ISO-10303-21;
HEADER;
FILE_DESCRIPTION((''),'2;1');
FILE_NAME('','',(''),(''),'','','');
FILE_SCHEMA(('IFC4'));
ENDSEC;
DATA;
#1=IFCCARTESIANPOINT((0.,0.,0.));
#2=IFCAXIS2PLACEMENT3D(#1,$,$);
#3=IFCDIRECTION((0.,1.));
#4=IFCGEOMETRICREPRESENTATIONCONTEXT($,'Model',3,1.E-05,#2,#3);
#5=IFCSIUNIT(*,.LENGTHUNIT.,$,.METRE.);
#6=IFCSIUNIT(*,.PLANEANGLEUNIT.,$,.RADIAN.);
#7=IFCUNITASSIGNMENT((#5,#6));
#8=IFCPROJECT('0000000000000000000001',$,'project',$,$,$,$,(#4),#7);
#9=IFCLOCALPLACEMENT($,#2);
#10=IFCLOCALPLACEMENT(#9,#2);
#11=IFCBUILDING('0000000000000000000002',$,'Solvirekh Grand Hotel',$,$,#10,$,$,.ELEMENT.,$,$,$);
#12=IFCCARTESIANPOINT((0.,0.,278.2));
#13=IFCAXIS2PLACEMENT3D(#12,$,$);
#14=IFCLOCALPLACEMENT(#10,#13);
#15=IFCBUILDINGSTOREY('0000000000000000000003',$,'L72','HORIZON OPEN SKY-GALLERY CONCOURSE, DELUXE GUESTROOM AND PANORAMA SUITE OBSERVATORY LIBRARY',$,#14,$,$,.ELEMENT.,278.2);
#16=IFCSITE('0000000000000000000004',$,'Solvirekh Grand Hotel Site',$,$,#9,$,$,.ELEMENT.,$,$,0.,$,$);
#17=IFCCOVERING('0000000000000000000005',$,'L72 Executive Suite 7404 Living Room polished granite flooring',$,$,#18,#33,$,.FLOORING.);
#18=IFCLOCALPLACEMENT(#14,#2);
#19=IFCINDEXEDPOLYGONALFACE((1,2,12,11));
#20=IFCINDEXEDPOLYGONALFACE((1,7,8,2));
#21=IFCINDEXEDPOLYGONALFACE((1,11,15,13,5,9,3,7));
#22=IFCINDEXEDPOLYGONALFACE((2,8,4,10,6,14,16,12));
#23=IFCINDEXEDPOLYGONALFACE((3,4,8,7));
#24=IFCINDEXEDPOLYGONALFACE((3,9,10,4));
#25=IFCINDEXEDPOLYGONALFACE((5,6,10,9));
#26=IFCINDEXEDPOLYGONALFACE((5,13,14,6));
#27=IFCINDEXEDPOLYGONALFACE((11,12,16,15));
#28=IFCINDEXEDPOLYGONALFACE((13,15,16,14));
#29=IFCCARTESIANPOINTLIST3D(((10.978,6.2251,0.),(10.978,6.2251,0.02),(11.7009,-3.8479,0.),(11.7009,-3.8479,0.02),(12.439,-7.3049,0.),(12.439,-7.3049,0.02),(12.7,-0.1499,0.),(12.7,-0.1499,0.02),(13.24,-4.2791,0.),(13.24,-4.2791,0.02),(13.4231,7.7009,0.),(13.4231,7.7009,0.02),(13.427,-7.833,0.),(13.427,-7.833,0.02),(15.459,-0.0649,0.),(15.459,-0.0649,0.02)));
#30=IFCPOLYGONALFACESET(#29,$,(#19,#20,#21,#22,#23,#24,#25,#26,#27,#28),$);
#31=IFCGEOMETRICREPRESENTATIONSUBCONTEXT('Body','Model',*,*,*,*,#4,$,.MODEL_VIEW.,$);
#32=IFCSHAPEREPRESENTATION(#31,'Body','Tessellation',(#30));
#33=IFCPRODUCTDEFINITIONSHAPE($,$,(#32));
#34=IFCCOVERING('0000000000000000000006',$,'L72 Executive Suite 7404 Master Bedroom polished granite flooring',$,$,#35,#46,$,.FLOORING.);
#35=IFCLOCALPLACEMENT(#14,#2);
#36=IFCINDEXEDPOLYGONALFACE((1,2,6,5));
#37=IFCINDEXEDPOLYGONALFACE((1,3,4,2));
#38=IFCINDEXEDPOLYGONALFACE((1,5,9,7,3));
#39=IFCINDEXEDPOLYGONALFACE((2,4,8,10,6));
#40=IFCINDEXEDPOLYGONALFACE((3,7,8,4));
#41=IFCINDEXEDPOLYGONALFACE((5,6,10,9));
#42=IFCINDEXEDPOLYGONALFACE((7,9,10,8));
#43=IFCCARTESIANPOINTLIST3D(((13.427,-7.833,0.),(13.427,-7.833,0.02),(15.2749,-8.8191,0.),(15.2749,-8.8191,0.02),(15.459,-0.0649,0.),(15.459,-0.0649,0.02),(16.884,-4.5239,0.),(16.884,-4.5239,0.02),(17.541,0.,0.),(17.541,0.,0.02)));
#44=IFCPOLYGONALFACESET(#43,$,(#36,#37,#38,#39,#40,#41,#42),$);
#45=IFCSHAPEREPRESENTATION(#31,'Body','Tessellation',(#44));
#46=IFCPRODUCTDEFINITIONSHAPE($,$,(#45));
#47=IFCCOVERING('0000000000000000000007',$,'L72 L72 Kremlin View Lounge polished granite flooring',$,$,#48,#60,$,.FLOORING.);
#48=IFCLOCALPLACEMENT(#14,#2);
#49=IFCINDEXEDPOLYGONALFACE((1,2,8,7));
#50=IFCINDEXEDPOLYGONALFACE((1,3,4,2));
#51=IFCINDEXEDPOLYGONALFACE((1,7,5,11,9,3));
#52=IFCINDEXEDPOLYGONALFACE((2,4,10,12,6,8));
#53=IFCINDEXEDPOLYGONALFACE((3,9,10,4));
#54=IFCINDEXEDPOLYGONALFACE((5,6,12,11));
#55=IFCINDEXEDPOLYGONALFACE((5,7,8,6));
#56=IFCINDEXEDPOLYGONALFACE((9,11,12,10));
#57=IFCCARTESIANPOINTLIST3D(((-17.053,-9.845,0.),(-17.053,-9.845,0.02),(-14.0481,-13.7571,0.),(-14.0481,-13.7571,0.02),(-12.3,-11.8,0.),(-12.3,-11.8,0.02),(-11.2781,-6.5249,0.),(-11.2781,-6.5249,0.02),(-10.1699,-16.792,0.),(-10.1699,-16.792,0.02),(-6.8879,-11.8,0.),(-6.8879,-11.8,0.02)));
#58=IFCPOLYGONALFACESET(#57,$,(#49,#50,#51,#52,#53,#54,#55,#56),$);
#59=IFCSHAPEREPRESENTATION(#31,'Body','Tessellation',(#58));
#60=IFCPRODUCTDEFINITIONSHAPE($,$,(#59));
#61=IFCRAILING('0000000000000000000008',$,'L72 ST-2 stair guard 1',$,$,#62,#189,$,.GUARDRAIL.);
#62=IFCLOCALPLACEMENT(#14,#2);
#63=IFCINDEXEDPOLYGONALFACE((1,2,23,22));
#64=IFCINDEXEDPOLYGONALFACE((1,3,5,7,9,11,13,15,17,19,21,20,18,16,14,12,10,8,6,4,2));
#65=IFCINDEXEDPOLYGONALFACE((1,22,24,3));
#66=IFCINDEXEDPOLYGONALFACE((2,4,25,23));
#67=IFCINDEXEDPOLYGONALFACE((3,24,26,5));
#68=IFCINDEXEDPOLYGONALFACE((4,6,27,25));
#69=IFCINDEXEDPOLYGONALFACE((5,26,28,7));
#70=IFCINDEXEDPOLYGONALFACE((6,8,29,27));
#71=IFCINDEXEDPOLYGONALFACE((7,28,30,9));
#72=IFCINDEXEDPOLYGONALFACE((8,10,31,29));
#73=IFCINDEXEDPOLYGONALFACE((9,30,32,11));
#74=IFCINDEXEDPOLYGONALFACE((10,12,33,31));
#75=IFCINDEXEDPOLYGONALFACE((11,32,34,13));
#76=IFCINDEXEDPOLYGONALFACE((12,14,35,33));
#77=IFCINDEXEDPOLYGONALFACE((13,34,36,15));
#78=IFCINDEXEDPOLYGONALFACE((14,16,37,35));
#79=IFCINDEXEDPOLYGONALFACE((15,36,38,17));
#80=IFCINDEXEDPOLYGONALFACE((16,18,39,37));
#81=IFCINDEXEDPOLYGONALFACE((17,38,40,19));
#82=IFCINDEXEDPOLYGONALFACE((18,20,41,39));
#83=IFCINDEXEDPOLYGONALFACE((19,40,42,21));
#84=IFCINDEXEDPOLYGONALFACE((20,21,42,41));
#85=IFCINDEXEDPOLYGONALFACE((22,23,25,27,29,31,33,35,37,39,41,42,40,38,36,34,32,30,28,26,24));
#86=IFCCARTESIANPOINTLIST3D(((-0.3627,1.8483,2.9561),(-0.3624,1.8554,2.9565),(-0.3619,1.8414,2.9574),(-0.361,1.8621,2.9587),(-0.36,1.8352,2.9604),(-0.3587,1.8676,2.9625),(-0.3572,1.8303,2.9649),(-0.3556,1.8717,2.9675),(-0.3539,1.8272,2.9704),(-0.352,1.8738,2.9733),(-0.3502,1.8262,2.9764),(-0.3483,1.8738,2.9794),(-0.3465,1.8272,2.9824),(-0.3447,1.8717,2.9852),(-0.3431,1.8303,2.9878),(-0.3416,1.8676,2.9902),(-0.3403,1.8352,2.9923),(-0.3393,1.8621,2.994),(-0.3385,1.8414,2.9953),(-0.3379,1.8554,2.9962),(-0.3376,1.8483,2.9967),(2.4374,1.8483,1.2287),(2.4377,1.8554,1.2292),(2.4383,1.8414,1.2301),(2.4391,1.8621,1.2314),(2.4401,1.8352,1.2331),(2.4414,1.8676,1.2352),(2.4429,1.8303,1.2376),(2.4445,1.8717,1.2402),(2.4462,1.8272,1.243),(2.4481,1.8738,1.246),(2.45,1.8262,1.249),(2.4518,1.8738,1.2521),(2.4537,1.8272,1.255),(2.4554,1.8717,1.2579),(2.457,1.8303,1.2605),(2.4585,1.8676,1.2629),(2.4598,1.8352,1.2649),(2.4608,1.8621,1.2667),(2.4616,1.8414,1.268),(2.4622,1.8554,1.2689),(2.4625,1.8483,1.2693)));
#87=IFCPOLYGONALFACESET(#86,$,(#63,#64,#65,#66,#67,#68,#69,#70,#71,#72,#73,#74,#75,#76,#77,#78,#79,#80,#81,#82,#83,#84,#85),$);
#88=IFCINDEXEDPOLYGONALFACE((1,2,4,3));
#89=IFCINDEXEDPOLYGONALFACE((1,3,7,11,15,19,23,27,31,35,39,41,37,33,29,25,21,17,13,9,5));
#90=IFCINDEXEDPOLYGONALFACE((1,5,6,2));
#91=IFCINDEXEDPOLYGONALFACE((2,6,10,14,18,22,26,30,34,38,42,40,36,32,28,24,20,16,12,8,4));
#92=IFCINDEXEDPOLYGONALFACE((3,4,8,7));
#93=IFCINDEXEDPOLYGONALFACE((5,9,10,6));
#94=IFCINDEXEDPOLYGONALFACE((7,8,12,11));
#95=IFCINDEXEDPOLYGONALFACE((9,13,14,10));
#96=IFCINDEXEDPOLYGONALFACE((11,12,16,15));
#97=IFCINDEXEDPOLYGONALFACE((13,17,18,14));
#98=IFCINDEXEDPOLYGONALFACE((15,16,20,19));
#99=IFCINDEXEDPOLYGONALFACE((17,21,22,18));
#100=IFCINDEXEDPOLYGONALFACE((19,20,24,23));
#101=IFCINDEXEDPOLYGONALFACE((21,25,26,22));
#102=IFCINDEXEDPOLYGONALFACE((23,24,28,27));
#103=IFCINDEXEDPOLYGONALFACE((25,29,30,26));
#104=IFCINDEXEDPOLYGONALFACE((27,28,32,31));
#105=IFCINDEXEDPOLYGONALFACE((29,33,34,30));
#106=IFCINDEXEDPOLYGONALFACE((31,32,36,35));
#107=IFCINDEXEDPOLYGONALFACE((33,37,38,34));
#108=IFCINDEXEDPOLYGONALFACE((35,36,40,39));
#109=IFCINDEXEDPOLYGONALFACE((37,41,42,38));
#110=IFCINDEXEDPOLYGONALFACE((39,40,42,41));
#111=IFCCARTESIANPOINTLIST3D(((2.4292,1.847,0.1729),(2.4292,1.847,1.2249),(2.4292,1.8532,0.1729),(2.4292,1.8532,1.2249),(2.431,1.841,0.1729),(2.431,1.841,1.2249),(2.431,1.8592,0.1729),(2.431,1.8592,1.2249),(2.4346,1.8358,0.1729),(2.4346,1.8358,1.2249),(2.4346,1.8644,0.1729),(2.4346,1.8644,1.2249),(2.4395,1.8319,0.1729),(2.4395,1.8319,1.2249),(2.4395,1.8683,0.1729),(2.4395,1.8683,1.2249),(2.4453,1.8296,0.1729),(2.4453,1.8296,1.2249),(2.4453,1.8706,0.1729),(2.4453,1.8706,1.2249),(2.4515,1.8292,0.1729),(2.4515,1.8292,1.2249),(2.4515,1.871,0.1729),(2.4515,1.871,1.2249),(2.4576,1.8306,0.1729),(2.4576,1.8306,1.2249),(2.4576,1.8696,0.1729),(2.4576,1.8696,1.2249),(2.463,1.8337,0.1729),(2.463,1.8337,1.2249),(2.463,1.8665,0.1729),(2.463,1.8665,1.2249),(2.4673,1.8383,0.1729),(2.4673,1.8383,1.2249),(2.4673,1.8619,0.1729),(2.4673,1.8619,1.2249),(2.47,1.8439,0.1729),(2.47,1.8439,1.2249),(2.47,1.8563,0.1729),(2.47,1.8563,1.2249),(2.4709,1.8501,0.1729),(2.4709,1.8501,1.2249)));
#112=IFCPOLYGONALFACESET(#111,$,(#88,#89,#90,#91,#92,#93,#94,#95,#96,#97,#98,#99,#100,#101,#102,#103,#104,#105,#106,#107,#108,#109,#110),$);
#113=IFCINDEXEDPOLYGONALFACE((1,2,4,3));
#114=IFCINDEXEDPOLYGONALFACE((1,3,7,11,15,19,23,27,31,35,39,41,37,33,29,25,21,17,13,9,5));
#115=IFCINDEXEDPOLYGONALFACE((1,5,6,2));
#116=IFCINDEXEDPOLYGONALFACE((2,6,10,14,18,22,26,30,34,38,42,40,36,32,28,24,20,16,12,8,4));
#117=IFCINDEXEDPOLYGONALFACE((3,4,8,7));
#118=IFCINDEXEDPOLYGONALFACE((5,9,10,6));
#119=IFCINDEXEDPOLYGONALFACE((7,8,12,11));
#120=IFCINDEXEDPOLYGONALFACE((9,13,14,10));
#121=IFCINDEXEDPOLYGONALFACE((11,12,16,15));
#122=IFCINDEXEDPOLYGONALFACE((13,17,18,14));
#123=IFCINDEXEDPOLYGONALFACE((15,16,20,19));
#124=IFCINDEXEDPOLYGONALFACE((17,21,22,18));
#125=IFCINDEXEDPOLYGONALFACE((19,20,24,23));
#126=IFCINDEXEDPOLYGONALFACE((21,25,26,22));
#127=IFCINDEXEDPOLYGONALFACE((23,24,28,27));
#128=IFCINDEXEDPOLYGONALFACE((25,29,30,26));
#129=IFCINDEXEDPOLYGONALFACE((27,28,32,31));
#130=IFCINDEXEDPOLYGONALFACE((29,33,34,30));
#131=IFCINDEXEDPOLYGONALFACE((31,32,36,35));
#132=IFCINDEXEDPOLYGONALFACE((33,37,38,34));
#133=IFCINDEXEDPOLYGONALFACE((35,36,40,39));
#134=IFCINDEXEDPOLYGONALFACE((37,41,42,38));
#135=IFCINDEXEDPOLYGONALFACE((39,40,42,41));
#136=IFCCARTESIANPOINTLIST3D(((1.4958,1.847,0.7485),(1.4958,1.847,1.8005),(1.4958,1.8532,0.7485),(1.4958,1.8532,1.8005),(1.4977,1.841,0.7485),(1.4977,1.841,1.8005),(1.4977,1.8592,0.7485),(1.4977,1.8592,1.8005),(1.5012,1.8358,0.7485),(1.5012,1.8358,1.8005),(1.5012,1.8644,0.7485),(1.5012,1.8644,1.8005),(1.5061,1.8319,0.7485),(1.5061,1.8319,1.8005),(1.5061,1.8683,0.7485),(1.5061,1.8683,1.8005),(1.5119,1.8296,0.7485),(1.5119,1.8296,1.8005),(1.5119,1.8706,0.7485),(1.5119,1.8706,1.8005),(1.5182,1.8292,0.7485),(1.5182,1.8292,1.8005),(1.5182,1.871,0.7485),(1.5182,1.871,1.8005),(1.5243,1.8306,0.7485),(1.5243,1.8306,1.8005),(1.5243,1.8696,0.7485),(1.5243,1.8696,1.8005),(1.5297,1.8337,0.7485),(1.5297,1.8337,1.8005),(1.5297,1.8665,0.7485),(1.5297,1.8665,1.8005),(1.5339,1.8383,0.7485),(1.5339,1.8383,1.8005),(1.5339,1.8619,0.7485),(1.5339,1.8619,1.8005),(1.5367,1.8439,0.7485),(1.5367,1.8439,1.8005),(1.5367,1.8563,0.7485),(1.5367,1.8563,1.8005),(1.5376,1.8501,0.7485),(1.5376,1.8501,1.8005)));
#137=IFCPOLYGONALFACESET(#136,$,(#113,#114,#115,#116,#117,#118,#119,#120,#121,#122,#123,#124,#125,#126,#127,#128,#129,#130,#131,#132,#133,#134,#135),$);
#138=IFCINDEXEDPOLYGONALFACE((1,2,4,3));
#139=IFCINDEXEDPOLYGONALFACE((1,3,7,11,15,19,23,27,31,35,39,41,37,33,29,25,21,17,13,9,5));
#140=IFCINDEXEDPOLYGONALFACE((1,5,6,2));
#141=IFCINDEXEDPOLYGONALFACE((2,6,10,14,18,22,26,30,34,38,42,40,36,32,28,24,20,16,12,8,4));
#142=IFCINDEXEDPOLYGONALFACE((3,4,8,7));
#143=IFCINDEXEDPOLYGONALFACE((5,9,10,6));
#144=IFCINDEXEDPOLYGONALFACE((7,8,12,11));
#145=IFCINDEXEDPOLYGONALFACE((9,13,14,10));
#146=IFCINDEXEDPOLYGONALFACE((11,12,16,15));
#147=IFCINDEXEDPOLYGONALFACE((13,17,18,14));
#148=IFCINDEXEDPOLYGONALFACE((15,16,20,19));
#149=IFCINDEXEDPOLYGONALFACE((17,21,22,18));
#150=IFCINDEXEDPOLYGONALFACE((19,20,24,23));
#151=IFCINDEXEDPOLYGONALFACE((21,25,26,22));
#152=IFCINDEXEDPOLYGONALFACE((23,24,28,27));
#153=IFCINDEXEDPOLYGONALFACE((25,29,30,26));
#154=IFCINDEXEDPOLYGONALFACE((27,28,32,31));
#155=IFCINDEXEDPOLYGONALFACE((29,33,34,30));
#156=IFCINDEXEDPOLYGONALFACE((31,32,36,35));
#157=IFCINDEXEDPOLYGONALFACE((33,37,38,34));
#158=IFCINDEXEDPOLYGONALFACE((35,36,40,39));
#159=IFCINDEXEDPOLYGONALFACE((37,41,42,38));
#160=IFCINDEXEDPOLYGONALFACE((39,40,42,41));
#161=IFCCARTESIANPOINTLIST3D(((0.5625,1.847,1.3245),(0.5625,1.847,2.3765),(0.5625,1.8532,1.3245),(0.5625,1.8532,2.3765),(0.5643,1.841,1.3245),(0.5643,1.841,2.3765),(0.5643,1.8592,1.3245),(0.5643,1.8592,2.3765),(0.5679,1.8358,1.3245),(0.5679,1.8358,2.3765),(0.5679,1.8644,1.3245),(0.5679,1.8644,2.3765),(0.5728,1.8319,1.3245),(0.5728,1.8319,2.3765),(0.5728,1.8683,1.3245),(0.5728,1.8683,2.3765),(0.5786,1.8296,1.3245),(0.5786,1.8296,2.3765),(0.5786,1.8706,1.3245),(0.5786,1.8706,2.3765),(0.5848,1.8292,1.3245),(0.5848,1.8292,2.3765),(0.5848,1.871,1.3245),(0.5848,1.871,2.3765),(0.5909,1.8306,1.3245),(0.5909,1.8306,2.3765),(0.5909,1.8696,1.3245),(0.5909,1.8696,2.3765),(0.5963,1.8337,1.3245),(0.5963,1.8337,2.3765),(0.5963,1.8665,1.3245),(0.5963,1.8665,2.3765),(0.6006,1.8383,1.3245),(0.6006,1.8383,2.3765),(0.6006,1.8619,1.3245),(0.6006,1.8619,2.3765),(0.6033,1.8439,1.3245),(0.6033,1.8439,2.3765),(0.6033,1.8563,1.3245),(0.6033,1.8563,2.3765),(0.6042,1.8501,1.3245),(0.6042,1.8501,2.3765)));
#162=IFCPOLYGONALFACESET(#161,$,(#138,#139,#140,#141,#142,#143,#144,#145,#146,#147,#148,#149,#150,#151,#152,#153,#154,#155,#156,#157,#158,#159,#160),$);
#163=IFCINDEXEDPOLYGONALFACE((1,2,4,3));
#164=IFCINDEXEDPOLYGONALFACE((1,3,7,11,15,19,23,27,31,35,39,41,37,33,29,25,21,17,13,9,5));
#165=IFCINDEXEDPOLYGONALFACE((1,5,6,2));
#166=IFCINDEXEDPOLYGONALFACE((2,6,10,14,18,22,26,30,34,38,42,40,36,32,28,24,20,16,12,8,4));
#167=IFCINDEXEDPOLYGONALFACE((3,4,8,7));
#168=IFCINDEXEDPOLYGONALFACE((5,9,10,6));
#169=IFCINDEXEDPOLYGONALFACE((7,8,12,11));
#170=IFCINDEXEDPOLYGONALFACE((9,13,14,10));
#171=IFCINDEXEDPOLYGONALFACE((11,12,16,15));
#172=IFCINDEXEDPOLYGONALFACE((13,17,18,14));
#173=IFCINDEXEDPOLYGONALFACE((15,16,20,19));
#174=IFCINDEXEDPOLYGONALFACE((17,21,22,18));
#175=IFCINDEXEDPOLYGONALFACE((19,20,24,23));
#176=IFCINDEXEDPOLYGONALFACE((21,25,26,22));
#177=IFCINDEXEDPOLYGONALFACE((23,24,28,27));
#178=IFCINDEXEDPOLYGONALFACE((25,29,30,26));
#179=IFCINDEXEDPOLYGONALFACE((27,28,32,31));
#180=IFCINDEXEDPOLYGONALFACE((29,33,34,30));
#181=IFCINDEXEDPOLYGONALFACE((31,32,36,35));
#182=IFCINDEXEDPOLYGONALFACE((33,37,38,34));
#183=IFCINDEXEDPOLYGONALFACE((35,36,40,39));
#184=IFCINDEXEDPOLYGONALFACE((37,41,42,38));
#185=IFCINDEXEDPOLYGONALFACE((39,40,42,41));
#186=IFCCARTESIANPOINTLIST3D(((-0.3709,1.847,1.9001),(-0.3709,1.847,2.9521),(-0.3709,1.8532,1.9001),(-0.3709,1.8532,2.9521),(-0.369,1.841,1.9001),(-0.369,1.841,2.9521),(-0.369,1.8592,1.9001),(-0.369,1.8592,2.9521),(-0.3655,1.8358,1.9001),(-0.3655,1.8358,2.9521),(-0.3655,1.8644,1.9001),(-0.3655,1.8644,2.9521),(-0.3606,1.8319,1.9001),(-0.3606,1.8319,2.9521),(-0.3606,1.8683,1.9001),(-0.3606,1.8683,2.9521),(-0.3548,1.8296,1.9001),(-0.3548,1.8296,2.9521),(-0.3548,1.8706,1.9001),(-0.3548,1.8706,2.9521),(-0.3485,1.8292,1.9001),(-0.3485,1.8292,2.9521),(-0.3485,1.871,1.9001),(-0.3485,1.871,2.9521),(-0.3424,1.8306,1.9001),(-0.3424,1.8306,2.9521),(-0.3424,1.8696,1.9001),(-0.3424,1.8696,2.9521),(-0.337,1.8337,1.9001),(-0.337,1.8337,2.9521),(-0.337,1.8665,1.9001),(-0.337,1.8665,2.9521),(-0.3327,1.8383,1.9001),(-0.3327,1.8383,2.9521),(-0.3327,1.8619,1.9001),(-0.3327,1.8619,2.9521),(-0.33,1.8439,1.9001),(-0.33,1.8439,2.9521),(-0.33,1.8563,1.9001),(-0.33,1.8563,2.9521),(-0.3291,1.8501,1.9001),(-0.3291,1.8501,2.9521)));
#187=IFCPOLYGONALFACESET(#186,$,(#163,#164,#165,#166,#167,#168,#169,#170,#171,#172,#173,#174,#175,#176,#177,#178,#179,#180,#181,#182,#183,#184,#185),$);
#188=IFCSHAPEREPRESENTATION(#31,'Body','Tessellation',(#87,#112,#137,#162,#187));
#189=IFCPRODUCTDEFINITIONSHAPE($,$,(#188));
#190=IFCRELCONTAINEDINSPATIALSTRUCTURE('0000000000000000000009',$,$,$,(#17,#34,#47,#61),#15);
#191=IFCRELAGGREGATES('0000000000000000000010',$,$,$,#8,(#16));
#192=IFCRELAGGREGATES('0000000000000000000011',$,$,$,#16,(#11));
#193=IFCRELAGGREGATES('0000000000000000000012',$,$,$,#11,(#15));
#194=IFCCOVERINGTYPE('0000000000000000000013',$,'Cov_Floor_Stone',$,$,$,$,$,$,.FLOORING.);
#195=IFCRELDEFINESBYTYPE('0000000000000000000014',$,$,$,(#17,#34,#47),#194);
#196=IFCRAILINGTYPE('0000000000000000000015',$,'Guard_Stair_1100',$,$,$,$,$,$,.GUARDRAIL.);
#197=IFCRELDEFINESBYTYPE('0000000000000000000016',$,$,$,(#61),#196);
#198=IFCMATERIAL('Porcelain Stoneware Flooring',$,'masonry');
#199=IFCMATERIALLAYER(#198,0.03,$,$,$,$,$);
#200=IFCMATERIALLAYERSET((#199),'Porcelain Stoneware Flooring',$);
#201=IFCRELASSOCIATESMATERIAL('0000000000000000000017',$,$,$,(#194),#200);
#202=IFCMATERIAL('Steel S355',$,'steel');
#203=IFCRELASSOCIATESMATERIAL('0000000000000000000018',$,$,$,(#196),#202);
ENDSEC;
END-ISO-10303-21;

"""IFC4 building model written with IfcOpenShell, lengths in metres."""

from ifc_helpers import new_model, si_unit, direction, frame, origin, origin_2d, place, context, subcontext, project, spatial, polyline, circle, outline, extrude, material, layer, layer_set, type_object, element, save


model = new_model("IFC4")

# Units and contexts
model_context = context("Model", 3, precision=1e-05, world=origin(), true_north=direction((0.0, 1.0)))
body_context = subcontext(model_context, "Body", "Model", "MODEL_VIEW")
ifc_project = project(units=[si_unit("LENGTHUNIT", "METRE"), si_unit("PLANEANGLEUNIT", "RADIAN")], contexts=[model_context])

# Site, building, storey
site_placement = place(None, origin())
site = spatial("IfcSite", under=ifc_project, at=site_placement, Name="Solvirekh Grand Hotel Site", CompositionType="ELEMENT", RefElevation=0.0)
building_placement = place(site_placement, origin())
building = spatial("IfcBuilding", under=site, at=building_placement, Name="Solvirekh Grand Hotel", CompositionType="ELEMENT")
storey_placement = place(building_placement, frame((0.0, 0.0, 278.2)))
storey = spatial("IfcBuildingStorey", under=building, at=storey_placement, Name="L72", Description="HORIZON OPEN SKY-GALLERY CONCOURSE, DELUXE GUESTROOM AND PANORAMA SUITE OBSERVATORY LIBRARY", CompositionType="ELEMENT", Elevation=278.2)

# Shared definitions
ifc_material_1 = material(Name="Steel S355", Category="steel")

# Coverings
ifc_material_2 = material(Name="Porcelain Stoneware Flooring", Category="masonry")
ifc_layer_1 = layer(ifc_material_2, 0.03)
ifc_layer_set_1 = layer_set([ifc_layer_1], Name="Porcelain Stoneware Flooring")
covering_type_1 = type_object("IfcCoveringType", Name="Cov_Floor_Stone", PredefinedType="FLOORING", material=ifc_layer_set_1)
covering_1_placement = place(storey_placement, origin())
element("IfcCovering", 1, at=covering_1_placement, inside=storey, type_object=covering_type_1, Name="L72 Executive Suite 7404 Living Room polished granite flooring", PredefinedType="FLOORING", context=body_context, shape_type="SweptSolid", body=[
    extrude(outline(polyline([(13.24, -4.2791), (12.439, -7.3049), (13.427, -7.833), (15.459, -0.0649), (13.4231, 7.7009), (10.978, 6.2251), (12.7, -0.1499), (11.7009, -3.8479), (13.24, -4.2791)])), origin(), (0.0, 0.0, 1.0), 0.02),
])
covering_2_placement = place(storey_placement, origin())
element("IfcCovering", 2, at=covering_2_placement, inside=storey, type_object=covering_type_1, Name="L72 Executive Suite 7404 Master Bedroom polished granite flooring", PredefinedType="FLOORING", context=body_context, shape_type="SweptSolid", body=[
    extrude(outline(polyline([(15.2749, -8.8191), (16.884, -4.5239), (17.541, 0.0), (15.459, -0.0649), (13.427, -7.833), (15.2749, -8.8191)])), origin(), (0.0, 0.0, 1.0), 0.02),
])
covering_3_placement = place(storey_placement, origin())
element("IfcCovering", 3, at=covering_3_placement, inside=storey, type_object=covering_type_1, Name="L72 L72 Kremlin View Lounge polished granite flooring", PredefinedType="FLOORING", context=body_context, shape_type="SweptSolid", body=[
    extrude(outline(polyline([(-17.053, -9.845), (-14.0481, -13.7571), (-10.1699, -16.792), (-6.8879, -11.8), (-12.3, -11.8), (-11.2781, -6.5249), (-17.053, -9.845)])), origin(), (0.0, 0.0, 1.0), 0.02),
])

# Railing
railing_type_1 = type_object("IfcRailingType", Name="Guard_Stair_1100", PredefinedType="GUARDRAIL", material=ifc_material_1)
railing_1_placement = place(storey_placement, frame((2.45, 1.8501, 0.1729)))
element("IfcRailing", 4, at=railing_1_placement, inside=storey, type_object=railing_type_1, Name="L72 ST-2 stair guard 1", PredefinedType="GUARDRAIL", context=body_context, shape_type="SweptSolid", body=[
    extrude(circle(Radius=0.0239, at=origin_2d()), frame((0.0, 0.0, 1.0762), z_axis=(-0.85109, 0.0, 0.52502), x_axis=(0.0, -1.0, 0.0)), (0.0, 0.0, 1.0), 3.29),
    extrude(circle(Radius=0.021, at=origin_2d()), origin(), (0.0, 0.0, 1.0), 1.052),
    extrude(circle(Radius=0.021, at=origin_2d()), frame((-0.9333, 0.0, 0.5757)), (0.0, 0.0, 1.0), 1.052),
    extrude(circle(Radius=0.021, at=origin_2d()), frame((-1.8667, 0.0, 1.1516)), (0.0, 0.0, 1.0), 1.052),
    extrude(circle(Radius=0.021, at=origin_2d()), frame((-2.8, 0.0, 1.7273)), (0.0, 0.0, 1.0), 1.052),
])

save(model, "model.ifc")
